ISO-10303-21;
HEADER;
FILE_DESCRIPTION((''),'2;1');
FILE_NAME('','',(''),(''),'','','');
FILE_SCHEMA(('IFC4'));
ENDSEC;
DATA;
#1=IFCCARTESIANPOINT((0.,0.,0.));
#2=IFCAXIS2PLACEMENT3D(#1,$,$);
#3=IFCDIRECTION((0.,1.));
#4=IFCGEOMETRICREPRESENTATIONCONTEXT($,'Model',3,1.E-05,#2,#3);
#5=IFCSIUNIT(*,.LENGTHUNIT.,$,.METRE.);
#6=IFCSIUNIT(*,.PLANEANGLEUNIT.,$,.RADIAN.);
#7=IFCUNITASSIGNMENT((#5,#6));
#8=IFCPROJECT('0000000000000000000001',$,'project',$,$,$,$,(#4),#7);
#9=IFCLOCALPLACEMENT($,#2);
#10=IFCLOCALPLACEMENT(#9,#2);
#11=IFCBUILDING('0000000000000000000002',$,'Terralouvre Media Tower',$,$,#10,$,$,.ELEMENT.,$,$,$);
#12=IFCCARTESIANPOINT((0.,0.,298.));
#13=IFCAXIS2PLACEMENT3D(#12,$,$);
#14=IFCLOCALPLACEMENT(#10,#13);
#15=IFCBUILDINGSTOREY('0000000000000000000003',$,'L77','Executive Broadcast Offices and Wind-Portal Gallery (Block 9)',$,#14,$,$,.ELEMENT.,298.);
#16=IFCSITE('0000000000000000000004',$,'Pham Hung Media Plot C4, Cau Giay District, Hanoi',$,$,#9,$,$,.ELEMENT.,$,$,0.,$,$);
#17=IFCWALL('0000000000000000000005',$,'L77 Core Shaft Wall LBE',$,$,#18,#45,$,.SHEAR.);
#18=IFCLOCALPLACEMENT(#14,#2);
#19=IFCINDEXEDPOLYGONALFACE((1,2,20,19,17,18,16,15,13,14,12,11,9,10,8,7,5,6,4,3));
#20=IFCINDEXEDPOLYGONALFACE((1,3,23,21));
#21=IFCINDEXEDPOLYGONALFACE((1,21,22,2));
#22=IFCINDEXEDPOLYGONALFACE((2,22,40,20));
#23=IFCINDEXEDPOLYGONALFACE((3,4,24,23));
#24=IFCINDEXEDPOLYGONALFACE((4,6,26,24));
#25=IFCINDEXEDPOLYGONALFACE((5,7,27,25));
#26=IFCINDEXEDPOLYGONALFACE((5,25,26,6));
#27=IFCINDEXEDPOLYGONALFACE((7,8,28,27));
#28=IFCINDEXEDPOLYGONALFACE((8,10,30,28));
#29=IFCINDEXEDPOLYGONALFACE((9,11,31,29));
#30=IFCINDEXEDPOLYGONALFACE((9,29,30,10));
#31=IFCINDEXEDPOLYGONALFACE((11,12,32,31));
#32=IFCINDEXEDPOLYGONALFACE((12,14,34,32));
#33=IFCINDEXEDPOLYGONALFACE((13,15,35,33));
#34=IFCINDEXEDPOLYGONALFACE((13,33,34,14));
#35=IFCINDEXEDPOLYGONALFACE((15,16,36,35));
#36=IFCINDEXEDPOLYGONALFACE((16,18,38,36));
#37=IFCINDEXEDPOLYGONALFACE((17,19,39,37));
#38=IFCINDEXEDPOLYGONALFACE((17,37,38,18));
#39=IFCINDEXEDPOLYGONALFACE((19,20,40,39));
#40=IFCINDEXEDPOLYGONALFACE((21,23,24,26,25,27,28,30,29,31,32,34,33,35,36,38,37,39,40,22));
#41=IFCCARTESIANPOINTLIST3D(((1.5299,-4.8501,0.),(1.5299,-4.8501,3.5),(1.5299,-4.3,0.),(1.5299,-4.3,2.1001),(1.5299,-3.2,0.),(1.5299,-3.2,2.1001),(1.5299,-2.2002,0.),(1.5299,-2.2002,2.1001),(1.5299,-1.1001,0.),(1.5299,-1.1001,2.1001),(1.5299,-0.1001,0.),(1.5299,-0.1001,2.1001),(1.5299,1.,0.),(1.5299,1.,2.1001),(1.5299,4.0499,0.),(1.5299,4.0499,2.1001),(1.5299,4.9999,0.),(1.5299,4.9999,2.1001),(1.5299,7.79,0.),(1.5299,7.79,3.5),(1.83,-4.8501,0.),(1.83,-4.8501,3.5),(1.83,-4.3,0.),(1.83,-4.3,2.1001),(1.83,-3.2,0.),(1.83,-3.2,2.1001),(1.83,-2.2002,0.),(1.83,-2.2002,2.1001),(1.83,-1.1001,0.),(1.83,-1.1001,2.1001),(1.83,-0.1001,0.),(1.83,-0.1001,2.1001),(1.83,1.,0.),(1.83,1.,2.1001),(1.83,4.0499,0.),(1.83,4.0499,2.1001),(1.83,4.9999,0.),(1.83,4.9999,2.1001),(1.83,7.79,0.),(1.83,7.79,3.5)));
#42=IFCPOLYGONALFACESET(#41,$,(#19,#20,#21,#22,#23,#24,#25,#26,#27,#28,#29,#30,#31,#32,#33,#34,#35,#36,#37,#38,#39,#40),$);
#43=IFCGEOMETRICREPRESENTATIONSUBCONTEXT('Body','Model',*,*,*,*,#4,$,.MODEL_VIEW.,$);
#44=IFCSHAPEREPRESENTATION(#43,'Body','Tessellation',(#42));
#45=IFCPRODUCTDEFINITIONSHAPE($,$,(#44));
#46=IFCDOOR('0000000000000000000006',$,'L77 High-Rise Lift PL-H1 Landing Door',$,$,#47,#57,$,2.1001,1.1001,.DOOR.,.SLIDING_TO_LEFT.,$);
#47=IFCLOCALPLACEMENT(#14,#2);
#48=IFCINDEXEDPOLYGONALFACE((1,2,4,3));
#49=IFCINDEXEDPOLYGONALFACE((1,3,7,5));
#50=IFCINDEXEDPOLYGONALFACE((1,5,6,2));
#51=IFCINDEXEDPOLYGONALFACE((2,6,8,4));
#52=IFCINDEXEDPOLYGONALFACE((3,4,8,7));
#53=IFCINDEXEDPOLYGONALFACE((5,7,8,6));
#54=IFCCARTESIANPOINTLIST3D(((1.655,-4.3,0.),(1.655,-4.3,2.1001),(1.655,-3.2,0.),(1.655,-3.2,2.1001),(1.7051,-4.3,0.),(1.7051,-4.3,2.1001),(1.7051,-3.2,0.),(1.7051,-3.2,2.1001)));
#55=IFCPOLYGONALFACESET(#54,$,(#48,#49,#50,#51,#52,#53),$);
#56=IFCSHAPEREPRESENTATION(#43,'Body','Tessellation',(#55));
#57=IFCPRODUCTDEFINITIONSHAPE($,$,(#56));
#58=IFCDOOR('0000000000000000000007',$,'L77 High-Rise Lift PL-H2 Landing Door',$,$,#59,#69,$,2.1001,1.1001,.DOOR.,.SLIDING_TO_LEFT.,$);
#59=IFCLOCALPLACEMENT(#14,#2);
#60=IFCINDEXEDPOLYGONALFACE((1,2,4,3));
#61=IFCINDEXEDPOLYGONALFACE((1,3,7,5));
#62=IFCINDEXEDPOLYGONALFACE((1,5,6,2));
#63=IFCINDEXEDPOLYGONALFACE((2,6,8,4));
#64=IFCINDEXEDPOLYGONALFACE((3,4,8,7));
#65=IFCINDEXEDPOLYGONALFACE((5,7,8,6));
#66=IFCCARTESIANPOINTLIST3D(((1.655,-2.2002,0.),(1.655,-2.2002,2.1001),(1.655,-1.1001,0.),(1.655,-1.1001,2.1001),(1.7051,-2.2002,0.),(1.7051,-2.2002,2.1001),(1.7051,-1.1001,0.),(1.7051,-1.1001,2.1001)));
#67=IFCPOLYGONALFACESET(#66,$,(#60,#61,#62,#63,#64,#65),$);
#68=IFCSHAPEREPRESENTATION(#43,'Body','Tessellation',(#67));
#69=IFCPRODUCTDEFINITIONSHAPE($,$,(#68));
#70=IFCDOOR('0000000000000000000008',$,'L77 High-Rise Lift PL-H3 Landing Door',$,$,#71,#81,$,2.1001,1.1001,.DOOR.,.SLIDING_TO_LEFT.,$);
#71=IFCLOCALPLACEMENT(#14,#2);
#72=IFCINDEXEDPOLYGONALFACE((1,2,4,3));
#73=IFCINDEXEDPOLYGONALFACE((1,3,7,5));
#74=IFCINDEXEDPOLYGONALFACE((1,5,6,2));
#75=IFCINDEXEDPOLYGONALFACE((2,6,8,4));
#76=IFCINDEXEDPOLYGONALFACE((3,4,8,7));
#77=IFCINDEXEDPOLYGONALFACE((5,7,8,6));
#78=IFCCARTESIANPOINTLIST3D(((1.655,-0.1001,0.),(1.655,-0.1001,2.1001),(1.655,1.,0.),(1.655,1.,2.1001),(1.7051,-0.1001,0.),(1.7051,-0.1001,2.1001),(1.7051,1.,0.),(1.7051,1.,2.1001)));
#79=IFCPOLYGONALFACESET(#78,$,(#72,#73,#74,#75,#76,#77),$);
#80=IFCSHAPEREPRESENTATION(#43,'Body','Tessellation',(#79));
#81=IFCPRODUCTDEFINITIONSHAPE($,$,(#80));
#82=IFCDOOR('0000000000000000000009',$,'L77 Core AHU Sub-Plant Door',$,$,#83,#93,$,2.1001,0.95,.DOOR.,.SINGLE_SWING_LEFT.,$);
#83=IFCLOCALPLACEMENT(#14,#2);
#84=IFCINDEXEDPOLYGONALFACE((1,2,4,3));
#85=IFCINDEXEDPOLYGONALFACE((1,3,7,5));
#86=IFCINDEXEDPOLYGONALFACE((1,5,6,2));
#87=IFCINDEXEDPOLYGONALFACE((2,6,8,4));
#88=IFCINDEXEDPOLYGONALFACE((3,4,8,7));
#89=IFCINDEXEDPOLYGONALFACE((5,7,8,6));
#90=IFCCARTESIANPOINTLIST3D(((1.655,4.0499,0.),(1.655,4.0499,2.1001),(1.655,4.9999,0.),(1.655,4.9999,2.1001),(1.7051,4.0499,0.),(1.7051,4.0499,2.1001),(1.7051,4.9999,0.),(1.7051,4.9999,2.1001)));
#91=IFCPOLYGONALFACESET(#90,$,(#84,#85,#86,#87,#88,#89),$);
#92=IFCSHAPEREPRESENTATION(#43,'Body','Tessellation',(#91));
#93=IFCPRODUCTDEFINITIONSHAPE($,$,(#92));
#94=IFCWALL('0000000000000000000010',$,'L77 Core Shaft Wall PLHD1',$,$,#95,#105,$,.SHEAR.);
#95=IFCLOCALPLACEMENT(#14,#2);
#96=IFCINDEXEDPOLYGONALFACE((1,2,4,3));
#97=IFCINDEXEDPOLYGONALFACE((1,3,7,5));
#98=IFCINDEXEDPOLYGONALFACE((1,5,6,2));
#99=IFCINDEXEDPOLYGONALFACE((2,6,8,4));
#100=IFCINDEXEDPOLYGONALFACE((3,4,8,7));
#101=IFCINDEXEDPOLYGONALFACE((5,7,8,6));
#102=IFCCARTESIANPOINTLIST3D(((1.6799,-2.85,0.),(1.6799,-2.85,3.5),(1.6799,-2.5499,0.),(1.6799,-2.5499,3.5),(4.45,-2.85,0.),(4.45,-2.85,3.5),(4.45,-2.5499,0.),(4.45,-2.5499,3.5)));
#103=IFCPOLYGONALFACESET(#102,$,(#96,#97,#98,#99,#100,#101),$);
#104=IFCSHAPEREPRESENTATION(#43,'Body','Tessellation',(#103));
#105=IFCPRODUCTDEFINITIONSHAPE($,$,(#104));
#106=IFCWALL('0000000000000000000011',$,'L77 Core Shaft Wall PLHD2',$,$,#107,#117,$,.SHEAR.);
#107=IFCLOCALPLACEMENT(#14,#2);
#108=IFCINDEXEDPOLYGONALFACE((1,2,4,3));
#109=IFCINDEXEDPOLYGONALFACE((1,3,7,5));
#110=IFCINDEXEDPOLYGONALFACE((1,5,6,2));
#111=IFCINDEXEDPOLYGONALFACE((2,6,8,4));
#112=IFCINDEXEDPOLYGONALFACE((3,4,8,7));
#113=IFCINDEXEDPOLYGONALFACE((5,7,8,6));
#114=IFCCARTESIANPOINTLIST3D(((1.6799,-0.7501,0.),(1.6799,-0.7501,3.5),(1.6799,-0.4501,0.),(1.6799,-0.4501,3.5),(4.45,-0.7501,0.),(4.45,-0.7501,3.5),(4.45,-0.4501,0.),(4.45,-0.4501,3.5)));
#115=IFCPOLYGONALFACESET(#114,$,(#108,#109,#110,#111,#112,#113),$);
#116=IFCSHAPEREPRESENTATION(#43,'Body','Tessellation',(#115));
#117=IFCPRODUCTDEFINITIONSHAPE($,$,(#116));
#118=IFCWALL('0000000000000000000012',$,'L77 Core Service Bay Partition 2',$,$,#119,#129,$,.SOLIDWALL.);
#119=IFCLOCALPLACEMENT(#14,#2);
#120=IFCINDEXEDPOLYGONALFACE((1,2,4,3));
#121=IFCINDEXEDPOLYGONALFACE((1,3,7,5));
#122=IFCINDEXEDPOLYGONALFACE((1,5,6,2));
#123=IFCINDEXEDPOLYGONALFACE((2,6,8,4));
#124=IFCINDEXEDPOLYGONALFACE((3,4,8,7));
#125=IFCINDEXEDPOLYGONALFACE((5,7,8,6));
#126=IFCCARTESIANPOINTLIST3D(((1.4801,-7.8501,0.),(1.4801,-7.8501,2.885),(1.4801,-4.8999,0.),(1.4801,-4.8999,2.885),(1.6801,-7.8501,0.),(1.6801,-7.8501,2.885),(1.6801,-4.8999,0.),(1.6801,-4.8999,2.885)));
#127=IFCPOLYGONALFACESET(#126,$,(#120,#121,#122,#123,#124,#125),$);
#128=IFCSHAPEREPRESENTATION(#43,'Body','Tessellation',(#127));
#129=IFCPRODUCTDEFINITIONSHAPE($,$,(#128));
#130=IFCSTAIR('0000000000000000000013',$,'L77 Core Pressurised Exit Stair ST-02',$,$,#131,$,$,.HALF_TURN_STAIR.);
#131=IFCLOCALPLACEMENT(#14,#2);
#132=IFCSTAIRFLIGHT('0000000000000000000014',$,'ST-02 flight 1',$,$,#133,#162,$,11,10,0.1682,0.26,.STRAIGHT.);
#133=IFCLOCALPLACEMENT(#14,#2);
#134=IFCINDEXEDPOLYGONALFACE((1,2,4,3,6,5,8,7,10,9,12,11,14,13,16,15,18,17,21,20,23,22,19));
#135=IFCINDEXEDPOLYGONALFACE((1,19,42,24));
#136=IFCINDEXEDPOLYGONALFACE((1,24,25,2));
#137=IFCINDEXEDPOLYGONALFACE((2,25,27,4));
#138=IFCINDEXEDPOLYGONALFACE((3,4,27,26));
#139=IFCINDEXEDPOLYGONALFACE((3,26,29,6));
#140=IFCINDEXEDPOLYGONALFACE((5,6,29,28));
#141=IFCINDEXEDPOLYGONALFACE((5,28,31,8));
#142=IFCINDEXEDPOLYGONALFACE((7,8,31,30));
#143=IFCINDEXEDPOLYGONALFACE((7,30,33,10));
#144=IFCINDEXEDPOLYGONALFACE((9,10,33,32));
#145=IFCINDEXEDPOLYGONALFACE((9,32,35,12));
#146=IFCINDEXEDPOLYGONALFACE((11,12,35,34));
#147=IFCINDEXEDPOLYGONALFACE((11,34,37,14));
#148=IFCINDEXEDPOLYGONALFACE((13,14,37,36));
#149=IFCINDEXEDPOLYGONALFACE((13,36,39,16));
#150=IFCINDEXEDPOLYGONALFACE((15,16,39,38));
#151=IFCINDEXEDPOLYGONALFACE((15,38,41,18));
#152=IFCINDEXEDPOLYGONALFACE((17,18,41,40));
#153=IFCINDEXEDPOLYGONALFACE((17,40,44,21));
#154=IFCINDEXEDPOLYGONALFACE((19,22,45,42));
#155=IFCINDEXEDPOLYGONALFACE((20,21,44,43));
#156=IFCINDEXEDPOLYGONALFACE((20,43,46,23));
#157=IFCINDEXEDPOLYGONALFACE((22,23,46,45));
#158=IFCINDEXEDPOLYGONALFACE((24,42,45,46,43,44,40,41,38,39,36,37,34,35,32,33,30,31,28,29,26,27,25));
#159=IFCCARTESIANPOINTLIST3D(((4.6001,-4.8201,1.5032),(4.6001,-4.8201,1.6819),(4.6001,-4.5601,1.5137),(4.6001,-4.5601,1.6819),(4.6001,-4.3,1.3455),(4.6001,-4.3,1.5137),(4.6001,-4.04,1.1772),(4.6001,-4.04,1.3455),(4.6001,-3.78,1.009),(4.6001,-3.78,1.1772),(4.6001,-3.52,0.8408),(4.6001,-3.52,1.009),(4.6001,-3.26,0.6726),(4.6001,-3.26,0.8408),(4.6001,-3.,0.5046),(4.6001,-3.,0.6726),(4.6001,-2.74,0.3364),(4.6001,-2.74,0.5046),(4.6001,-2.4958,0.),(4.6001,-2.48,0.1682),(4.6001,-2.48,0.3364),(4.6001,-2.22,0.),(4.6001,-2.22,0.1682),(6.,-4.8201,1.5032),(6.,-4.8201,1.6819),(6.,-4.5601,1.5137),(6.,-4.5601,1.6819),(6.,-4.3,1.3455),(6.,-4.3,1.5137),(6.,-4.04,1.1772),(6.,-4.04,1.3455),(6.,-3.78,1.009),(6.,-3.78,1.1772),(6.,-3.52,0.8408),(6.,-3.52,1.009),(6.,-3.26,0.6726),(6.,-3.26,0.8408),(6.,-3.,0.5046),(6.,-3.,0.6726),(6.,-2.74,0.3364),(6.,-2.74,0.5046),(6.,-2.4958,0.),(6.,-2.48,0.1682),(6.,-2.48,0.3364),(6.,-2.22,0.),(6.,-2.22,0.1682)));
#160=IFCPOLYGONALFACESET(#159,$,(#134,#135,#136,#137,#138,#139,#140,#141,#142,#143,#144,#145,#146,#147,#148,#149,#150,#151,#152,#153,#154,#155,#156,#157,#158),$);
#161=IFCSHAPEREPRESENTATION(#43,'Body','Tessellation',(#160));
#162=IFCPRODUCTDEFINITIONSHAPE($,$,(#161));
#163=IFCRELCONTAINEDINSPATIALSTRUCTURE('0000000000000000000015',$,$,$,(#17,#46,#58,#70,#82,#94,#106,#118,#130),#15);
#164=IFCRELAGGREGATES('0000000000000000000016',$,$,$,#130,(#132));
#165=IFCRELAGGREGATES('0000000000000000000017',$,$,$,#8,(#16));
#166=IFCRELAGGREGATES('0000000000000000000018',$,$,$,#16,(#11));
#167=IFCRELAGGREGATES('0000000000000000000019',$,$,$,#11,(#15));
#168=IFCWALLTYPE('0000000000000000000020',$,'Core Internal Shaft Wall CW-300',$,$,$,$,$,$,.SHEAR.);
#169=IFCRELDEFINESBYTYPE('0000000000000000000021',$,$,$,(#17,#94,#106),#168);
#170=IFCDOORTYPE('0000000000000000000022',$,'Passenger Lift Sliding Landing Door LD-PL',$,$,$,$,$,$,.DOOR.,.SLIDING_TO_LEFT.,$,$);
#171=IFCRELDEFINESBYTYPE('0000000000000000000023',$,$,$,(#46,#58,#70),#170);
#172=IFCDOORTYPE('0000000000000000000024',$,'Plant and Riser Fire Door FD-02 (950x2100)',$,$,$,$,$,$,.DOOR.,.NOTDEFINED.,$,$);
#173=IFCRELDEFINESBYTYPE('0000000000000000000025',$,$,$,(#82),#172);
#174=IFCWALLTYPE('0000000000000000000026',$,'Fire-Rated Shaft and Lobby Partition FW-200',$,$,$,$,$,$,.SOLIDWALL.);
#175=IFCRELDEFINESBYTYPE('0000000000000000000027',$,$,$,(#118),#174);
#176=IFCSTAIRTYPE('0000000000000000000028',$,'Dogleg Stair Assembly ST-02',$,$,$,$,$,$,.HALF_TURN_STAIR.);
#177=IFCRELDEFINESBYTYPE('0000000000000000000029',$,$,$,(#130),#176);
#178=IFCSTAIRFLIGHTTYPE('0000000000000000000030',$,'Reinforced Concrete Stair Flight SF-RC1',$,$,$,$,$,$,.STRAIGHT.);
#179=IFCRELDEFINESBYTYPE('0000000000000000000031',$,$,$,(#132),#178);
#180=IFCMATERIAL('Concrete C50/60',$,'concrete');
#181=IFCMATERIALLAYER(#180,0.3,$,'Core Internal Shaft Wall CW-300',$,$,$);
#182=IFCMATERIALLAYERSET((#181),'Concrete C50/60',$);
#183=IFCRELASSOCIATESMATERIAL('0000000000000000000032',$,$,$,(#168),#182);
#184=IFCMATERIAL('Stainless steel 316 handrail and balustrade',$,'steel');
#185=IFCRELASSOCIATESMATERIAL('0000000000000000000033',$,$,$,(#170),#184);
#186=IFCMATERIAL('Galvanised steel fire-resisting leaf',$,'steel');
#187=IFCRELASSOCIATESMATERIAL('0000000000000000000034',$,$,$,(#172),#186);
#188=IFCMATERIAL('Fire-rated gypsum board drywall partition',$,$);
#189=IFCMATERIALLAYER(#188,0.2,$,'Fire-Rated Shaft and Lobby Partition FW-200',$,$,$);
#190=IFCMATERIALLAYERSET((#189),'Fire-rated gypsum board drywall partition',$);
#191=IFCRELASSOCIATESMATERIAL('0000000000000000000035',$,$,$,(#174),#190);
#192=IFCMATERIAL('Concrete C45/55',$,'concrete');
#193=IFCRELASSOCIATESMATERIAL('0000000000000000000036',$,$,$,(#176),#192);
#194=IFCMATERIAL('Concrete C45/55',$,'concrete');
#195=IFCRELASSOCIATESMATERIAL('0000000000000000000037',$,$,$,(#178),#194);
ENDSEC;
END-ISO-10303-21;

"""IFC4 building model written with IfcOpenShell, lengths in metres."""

from ifc_helpers import new_model, si_unit, direction, frame, frame_2d, origin, place, context, subcontext, project, spatial, polyline, rectangle, outline, extrude, material, layer, layer_set, type_object, element, fill, aggregate, save


model = new_model("IFC4")

# Units and contexts
model_context = context("Model", 3, precision=1e-05, world=origin(), true_north=direction((0.0, 1.0)))
body_context = subcontext(model_context, "Body", "Model", "MODEL_VIEW")
ifc_project = project(units=[si_unit("LENGTHUNIT", "METRE"), si_unit("PLANEANGLEUNIT", "RADIAN")], contexts=[model_context])

# Site, building, storey
site_placement = place(None, origin())
site = spatial("IfcSite", under=ifc_project, at=site_placement, Name="Pham Hung Media Plot C4, Cau Giay District, Hanoi", CompositionType="ELEMENT", RefElevation=0.0)
building_placement = place(site_placement, origin())
building = spatial("IfcBuilding", under=site, at=building_placement, Name="Terralouvre Media Tower", CompositionType="ELEMENT")
storey_placement = place(building_placement, frame((0.0, 0.0, 298.0)))
storey = spatial("IfcBuildingStorey", under=building, at=storey_placement, Name="L77", Description="Executive Broadcast Offices and Wind-Portal Gallery (Block 9)", CompositionType="ELEMENT", Elevation=298.0)

# Shared definitions
ifc_material_1 = material(Name="Concrete C50/60", Category="concrete")
ifc_layer_1 = layer(ifc_material_1, 0.3, Name="Core Internal Shaft Wall CW-300")
ifc_layer_set_1 = layer_set([ifc_layer_1], Name="Concrete C50/60")
wall_type_1 = type_object("IfcWallType", Name="Core Internal Shaft Wall CW-300", PredefinedType="SHEAR", material=ifc_layer_set_1)

# Wall, openings, doors
wall_1_placement = place(storey_placement, frame((1.6799, -4.8501, 0.0), z_axis=(0.0, 0.0, 1.0), x_axis=(0.0, 1.0, 0.0)))
wall_1 = element("IfcWall", 1, at=wall_1_placement, inside=storey, type_object=wall_type_1, Name="L77 Core Shaft Wall LBE", PredefinedType="SHEAR", context=body_context, shape_type="SweptSolid", body=[
    extrude(rectangle(XDim=12.6401, YDim=0.3, at=frame_2d((6.3201, 0.0))), origin(), (0.0, 0.0, 1.0), 3.5),
])
opening_1_placement = place(wall_1_placement, frame((0.55, 0.0, 0.0)))
opening_1 = element("IfcOpeningElement", 2, at=opening_1_placement, cuts=wall_1, PredefinedType="OPENING", context=body_context, shape_type="SweptSolid", body=[
    extrude(rectangle(XDim=1.1001, YDim=2.1001, at=frame_2d((0.55, 1.05))), frame((0.0, 0.1599, 0.0), z_axis=(0.0, -1.0, 0.0), x_axis=(1.0, 0.0, 0.0)), (0.0, 0.0, 1.0), 0.3201),
])
opening_2_placement = place(wall_1_placement, frame((2.6499, 0.0, 0.0)))
opening_2 = element("IfcOpeningElement", 3, at=opening_2_placement, cuts=wall_1, PredefinedType="OPENING", context=body_context, shape_type="SweptSolid", body=[
    extrude(rectangle(XDim=1.1001, YDim=2.1001, at=frame_2d((0.55, 1.05))), frame((0.0, 0.1599, 0.0), z_axis=(0.0, -1.0, 0.0), x_axis=(1.0, 0.0, 0.0)), (0.0, 0.0, 1.0), 0.3201),
])
opening_3_placement = place(wall_1_placement, frame((4.75, 0.0, 0.0)))
opening_3 = element("IfcOpeningElement", 4, at=opening_3_placement, cuts=wall_1, PredefinedType="OPENING", context=body_context, shape_type="SweptSolid", body=[
    extrude(rectangle(XDim=1.1001, YDim=2.1001, at=frame_2d((0.55, 1.05))), frame((0.0, 0.1599, 0.0), z_axis=(0.0, -1.0, 0.0), x_axis=(1.0, 0.0, 0.0)), (0.0, 0.0, 1.0), 0.3201),
])
opening_4_placement = place(wall_1_placement, frame((8.8999, 0.0, 0.0)))
opening_4 = element("IfcOpeningElement", 5, at=opening_4_placement, cuts=wall_1, PredefinedType="OPENING", context=body_context, shape_type="SweptSolid", body=[
    extrude(rectangle(XDim=0.95, YDim=2.1001, at=frame_2d((0.4751, 1.05))), frame((0.0, 0.1599, 0.0), z_axis=(0.0, -1.0, 0.0), x_axis=(1.0, 0.0, 0.0)), (0.0, 0.0, 1.0), 0.3201),
])
ifc_material_2 = material(Name="Stainless steel 316 handrail and balustrade", Category="steel")
door_type_1 = type_object("IfcDoorType", Name="Passenger Lift Sliding Landing Door LD-PL", OperationType="SLIDING_TO_LEFT", PredefinedType="DOOR", material=ifc_material_2)
door_1_placement = place(opening_1_placement, origin())
door_1 = element("IfcDoor", 6, at=door_1_placement, inside=storey, type_object=door_type_1, Name="L77 High-Rise Lift PL-H1 Landing Door", OperationType="SLIDING_TO_LEFT", OverallHeight=2.1001, OverallWidth=1.1001, PredefinedType="DOOR", context=body_context, shape_type="SweptSolid", body=[
    extrude(rectangle(XDim=1.1001, YDim=2.1001, at=frame_2d((0.55, 1.05))), frame((0.0, 0.0249, 0.0), z_axis=(0.0, -1.0, 0.0), x_axis=(1.0, 0.0, 0.0)), (0.0, 0.0, 1.0), 0.05),
])
fill(opening_1, door_1)
door_2_placement = place(opening_2_placement, origin())
door_2 = element("IfcDoor", 7, at=door_2_placement, inside=storey, type_object=door_type_1, Name="L77 High-Rise Lift PL-H2 Landing Door", OperationType="SLIDING_TO_LEFT", OverallHeight=2.1001, OverallWidth=1.1001, PredefinedType="DOOR", context=body_context, shape_type="SweptSolid", body=[
    extrude(rectangle(XDim=1.1001, YDim=2.1001, at=frame_2d((0.55, 1.05))), frame((0.0, 0.0249, 0.0), z_axis=(0.0, -1.0, 0.0), x_axis=(1.0, 0.0, 0.0)), (0.0, 0.0, 1.0), 0.05),
])
fill(opening_2, door_2)
door_3_placement = place(opening_3_placement, origin())
door_3 = element("IfcDoor", 8, at=door_3_placement, inside=storey, type_object=door_type_1, Name="L77 High-Rise Lift PL-H3 Landing Door", OperationType="SLIDING_TO_LEFT", OverallHeight=2.1001, OverallWidth=1.1001, PredefinedType="DOOR", context=body_context, shape_type="SweptSolid", body=[
    extrude(rectangle(XDim=1.1001, YDim=2.1001, at=frame_2d((0.55, 1.05))), frame((0.0, 0.0249, 0.0), z_axis=(0.0, -1.0, 0.0), x_axis=(1.0, 0.0, 0.0)), (0.0, 0.0, 1.0), 0.05),
])
fill(opening_3, door_3)
ifc_material_3 = material(Name="Galvanised steel fire-resisting leaf", Category="steel")
door_type_2 = type_object("IfcDoorType", Name="Plant and Riser Fire Door FD-02 (950x2100)", OperationType="NOTDEFINED", PredefinedType="DOOR", material=ifc_material_3)
door_4_placement = place(opening_4_placement, origin())
door_4 = element("IfcDoor", 9, at=door_4_placement, inside=storey, type_object=door_type_2, Name="L77 Core AHU Sub-Plant Door", OperationType="SINGLE_SWING_LEFT", OverallHeight=2.1001, OverallWidth=0.95, PredefinedType="DOOR", context=body_context, shape_type="SweptSolid", body=[
    extrude(rectangle(XDim=0.95, YDim=2.1001, at=frame_2d((0.4751, 1.05))), frame((0.0, 0.0249, 0.0), z_axis=(0.0, -1.0, 0.0), x_axis=(1.0, 0.0, 0.0)), (0.0, 0.0, 1.0), 0.05),
])
fill(opening_4, door_4)

# Walls
for number, where, z_axis, x_axis, name in (
    (10, (1.6799, -2.7, 0.0), (0.0, 0.0, 1.0), (1.0, 0.0, 0.0), "L77 Core Shaft Wall PLHD1"),
    (11, (1.6799, -0.6001, 0.0), (0.0, 0.0, 1.0), (1.0, 0.0, 0.0), "L77 Core Shaft Wall PLHD2"),
):
    element("IfcWall", number, at=place(storey_placement, frame(where, z_axis=z_axis, x_axis=x_axis)), inside=storey, type_object=wall_type_1, Name=name, PredefinedType="SHEAR", context=body_context, shape_type="SweptSolid", body=[
        extrude(rectangle(XDim=2.77, YDim=0.3, at=frame_2d((1.385, 0.0))), origin(), (0.0, 0.0, 1.0), 3.5),
    ])
ifc_material_4 = material(Name="Fire-rated gypsum board drywall partition")
ifc_layer_2 = layer(ifc_material_4, 0.2, Name="Fire-Rated Shaft and Lobby Partition FW-200")
ifc_layer_set_2 = layer_set([ifc_layer_2], Name="Fire-rated gypsum board drywall partition")
wall_type_2 = type_object("IfcWallType", Name="Fire-Rated Shaft and Lobby Partition FW-200", PredefinedType="SOLIDWALL", material=ifc_layer_set_2)
wall_2_placement = place(storey_placement, frame((1.5801, -7.8501, 0.0), z_axis=(0.0, 0.0, 1.0), x_axis=(0.0, 1.0, 0.0)))
element("IfcWall", 12, at=wall_2_placement, inside=storey, type_object=wall_type_2, Name="L77 Core Service Bay Partition 2", PredefinedType="SOLIDWALL", context=body_context, shape_type="SweptSolid", body=[
    extrude(rectangle(XDim=2.9502, YDim=0.2, at=frame_2d((1.4751, 0.0))), origin(), (0.0, 0.0, 1.0), 2.885),
])

# Stair, stair flight
ifc_material_5 = material(Name="Concrete C45/55", Category="concrete")
stair_type = type_object("IfcStairType", Name="Dogleg Stair Assembly ST-02", PredefinedType="HALF_TURN_STAIR", material=ifc_material_5)
stair_placement = place(storey_placement, origin())
stair = element("IfcStair", 13, at=stair_placement, inside=storey, type_object=stair_type, Name="L77 Core Pressurised Exit Stair ST-02", PredefinedType="HALF_TURN_STAIR")
ifc_material_6 = material(Name="Concrete C45/55", Category="concrete")
stair_flight_type = type_object("IfcStairFlightType", Name="Reinforced Concrete Stair Flight SF-RC1", PredefinedType="STRAIGHT", material=ifc_material_6)
stair_flight_1_placement = place(storey_placement, frame((5.3, -2.22, 0.0), z_axis=(0.0, 0.0, 1.0), x_axis=(0.0, -1.0, 0.0)))
stair_flight_1 = element("IfcStairFlight", 14, at=stair_flight_1_placement, type_object=stair_flight_type, Name="ST-02 flight 1", NumberOfRisers=11, NumberOfTreads=10, PredefinedType="STRAIGHT", RiserHeight=0.1682, TreadLength=0.26, context=body_context, shape_type="SweptSolid", body=[
    extrude(outline(polyline([(0.0, 0.0), (0.0, 0.1682), (0.26, 0.1682), (0.26, 0.3364), (0.52, 0.3364), (0.52, 0.5046), (0.78, 0.5046), (0.78, 0.6726), (1.04, 0.6726), (1.04, 0.8408), (1.3, 0.8408), (1.3, 1.009), (1.5601, 1.009), (1.5601, 1.1772), (1.8201, 1.1772), (1.8201, 1.3455), (2.0801, 1.3455), (2.0801, 1.5137), (2.3401, 1.5137), (2.3401, 1.6819), (2.6001, 1.6819), (2.6001, 1.8501), (2.6001, 1.5032), (0.2759, 0.0), (0.0, 0.0)])), frame((0.0, 0.7, 0.0), z_axis=(0.0, -1.0, 0.0), x_axis=(1.0, 0.0, 0.0)), (0.0, 0.0, 1.0), 1.3999),
])
aggregate(stair, [stair_flight_1])

save(model, "model.ifc")
